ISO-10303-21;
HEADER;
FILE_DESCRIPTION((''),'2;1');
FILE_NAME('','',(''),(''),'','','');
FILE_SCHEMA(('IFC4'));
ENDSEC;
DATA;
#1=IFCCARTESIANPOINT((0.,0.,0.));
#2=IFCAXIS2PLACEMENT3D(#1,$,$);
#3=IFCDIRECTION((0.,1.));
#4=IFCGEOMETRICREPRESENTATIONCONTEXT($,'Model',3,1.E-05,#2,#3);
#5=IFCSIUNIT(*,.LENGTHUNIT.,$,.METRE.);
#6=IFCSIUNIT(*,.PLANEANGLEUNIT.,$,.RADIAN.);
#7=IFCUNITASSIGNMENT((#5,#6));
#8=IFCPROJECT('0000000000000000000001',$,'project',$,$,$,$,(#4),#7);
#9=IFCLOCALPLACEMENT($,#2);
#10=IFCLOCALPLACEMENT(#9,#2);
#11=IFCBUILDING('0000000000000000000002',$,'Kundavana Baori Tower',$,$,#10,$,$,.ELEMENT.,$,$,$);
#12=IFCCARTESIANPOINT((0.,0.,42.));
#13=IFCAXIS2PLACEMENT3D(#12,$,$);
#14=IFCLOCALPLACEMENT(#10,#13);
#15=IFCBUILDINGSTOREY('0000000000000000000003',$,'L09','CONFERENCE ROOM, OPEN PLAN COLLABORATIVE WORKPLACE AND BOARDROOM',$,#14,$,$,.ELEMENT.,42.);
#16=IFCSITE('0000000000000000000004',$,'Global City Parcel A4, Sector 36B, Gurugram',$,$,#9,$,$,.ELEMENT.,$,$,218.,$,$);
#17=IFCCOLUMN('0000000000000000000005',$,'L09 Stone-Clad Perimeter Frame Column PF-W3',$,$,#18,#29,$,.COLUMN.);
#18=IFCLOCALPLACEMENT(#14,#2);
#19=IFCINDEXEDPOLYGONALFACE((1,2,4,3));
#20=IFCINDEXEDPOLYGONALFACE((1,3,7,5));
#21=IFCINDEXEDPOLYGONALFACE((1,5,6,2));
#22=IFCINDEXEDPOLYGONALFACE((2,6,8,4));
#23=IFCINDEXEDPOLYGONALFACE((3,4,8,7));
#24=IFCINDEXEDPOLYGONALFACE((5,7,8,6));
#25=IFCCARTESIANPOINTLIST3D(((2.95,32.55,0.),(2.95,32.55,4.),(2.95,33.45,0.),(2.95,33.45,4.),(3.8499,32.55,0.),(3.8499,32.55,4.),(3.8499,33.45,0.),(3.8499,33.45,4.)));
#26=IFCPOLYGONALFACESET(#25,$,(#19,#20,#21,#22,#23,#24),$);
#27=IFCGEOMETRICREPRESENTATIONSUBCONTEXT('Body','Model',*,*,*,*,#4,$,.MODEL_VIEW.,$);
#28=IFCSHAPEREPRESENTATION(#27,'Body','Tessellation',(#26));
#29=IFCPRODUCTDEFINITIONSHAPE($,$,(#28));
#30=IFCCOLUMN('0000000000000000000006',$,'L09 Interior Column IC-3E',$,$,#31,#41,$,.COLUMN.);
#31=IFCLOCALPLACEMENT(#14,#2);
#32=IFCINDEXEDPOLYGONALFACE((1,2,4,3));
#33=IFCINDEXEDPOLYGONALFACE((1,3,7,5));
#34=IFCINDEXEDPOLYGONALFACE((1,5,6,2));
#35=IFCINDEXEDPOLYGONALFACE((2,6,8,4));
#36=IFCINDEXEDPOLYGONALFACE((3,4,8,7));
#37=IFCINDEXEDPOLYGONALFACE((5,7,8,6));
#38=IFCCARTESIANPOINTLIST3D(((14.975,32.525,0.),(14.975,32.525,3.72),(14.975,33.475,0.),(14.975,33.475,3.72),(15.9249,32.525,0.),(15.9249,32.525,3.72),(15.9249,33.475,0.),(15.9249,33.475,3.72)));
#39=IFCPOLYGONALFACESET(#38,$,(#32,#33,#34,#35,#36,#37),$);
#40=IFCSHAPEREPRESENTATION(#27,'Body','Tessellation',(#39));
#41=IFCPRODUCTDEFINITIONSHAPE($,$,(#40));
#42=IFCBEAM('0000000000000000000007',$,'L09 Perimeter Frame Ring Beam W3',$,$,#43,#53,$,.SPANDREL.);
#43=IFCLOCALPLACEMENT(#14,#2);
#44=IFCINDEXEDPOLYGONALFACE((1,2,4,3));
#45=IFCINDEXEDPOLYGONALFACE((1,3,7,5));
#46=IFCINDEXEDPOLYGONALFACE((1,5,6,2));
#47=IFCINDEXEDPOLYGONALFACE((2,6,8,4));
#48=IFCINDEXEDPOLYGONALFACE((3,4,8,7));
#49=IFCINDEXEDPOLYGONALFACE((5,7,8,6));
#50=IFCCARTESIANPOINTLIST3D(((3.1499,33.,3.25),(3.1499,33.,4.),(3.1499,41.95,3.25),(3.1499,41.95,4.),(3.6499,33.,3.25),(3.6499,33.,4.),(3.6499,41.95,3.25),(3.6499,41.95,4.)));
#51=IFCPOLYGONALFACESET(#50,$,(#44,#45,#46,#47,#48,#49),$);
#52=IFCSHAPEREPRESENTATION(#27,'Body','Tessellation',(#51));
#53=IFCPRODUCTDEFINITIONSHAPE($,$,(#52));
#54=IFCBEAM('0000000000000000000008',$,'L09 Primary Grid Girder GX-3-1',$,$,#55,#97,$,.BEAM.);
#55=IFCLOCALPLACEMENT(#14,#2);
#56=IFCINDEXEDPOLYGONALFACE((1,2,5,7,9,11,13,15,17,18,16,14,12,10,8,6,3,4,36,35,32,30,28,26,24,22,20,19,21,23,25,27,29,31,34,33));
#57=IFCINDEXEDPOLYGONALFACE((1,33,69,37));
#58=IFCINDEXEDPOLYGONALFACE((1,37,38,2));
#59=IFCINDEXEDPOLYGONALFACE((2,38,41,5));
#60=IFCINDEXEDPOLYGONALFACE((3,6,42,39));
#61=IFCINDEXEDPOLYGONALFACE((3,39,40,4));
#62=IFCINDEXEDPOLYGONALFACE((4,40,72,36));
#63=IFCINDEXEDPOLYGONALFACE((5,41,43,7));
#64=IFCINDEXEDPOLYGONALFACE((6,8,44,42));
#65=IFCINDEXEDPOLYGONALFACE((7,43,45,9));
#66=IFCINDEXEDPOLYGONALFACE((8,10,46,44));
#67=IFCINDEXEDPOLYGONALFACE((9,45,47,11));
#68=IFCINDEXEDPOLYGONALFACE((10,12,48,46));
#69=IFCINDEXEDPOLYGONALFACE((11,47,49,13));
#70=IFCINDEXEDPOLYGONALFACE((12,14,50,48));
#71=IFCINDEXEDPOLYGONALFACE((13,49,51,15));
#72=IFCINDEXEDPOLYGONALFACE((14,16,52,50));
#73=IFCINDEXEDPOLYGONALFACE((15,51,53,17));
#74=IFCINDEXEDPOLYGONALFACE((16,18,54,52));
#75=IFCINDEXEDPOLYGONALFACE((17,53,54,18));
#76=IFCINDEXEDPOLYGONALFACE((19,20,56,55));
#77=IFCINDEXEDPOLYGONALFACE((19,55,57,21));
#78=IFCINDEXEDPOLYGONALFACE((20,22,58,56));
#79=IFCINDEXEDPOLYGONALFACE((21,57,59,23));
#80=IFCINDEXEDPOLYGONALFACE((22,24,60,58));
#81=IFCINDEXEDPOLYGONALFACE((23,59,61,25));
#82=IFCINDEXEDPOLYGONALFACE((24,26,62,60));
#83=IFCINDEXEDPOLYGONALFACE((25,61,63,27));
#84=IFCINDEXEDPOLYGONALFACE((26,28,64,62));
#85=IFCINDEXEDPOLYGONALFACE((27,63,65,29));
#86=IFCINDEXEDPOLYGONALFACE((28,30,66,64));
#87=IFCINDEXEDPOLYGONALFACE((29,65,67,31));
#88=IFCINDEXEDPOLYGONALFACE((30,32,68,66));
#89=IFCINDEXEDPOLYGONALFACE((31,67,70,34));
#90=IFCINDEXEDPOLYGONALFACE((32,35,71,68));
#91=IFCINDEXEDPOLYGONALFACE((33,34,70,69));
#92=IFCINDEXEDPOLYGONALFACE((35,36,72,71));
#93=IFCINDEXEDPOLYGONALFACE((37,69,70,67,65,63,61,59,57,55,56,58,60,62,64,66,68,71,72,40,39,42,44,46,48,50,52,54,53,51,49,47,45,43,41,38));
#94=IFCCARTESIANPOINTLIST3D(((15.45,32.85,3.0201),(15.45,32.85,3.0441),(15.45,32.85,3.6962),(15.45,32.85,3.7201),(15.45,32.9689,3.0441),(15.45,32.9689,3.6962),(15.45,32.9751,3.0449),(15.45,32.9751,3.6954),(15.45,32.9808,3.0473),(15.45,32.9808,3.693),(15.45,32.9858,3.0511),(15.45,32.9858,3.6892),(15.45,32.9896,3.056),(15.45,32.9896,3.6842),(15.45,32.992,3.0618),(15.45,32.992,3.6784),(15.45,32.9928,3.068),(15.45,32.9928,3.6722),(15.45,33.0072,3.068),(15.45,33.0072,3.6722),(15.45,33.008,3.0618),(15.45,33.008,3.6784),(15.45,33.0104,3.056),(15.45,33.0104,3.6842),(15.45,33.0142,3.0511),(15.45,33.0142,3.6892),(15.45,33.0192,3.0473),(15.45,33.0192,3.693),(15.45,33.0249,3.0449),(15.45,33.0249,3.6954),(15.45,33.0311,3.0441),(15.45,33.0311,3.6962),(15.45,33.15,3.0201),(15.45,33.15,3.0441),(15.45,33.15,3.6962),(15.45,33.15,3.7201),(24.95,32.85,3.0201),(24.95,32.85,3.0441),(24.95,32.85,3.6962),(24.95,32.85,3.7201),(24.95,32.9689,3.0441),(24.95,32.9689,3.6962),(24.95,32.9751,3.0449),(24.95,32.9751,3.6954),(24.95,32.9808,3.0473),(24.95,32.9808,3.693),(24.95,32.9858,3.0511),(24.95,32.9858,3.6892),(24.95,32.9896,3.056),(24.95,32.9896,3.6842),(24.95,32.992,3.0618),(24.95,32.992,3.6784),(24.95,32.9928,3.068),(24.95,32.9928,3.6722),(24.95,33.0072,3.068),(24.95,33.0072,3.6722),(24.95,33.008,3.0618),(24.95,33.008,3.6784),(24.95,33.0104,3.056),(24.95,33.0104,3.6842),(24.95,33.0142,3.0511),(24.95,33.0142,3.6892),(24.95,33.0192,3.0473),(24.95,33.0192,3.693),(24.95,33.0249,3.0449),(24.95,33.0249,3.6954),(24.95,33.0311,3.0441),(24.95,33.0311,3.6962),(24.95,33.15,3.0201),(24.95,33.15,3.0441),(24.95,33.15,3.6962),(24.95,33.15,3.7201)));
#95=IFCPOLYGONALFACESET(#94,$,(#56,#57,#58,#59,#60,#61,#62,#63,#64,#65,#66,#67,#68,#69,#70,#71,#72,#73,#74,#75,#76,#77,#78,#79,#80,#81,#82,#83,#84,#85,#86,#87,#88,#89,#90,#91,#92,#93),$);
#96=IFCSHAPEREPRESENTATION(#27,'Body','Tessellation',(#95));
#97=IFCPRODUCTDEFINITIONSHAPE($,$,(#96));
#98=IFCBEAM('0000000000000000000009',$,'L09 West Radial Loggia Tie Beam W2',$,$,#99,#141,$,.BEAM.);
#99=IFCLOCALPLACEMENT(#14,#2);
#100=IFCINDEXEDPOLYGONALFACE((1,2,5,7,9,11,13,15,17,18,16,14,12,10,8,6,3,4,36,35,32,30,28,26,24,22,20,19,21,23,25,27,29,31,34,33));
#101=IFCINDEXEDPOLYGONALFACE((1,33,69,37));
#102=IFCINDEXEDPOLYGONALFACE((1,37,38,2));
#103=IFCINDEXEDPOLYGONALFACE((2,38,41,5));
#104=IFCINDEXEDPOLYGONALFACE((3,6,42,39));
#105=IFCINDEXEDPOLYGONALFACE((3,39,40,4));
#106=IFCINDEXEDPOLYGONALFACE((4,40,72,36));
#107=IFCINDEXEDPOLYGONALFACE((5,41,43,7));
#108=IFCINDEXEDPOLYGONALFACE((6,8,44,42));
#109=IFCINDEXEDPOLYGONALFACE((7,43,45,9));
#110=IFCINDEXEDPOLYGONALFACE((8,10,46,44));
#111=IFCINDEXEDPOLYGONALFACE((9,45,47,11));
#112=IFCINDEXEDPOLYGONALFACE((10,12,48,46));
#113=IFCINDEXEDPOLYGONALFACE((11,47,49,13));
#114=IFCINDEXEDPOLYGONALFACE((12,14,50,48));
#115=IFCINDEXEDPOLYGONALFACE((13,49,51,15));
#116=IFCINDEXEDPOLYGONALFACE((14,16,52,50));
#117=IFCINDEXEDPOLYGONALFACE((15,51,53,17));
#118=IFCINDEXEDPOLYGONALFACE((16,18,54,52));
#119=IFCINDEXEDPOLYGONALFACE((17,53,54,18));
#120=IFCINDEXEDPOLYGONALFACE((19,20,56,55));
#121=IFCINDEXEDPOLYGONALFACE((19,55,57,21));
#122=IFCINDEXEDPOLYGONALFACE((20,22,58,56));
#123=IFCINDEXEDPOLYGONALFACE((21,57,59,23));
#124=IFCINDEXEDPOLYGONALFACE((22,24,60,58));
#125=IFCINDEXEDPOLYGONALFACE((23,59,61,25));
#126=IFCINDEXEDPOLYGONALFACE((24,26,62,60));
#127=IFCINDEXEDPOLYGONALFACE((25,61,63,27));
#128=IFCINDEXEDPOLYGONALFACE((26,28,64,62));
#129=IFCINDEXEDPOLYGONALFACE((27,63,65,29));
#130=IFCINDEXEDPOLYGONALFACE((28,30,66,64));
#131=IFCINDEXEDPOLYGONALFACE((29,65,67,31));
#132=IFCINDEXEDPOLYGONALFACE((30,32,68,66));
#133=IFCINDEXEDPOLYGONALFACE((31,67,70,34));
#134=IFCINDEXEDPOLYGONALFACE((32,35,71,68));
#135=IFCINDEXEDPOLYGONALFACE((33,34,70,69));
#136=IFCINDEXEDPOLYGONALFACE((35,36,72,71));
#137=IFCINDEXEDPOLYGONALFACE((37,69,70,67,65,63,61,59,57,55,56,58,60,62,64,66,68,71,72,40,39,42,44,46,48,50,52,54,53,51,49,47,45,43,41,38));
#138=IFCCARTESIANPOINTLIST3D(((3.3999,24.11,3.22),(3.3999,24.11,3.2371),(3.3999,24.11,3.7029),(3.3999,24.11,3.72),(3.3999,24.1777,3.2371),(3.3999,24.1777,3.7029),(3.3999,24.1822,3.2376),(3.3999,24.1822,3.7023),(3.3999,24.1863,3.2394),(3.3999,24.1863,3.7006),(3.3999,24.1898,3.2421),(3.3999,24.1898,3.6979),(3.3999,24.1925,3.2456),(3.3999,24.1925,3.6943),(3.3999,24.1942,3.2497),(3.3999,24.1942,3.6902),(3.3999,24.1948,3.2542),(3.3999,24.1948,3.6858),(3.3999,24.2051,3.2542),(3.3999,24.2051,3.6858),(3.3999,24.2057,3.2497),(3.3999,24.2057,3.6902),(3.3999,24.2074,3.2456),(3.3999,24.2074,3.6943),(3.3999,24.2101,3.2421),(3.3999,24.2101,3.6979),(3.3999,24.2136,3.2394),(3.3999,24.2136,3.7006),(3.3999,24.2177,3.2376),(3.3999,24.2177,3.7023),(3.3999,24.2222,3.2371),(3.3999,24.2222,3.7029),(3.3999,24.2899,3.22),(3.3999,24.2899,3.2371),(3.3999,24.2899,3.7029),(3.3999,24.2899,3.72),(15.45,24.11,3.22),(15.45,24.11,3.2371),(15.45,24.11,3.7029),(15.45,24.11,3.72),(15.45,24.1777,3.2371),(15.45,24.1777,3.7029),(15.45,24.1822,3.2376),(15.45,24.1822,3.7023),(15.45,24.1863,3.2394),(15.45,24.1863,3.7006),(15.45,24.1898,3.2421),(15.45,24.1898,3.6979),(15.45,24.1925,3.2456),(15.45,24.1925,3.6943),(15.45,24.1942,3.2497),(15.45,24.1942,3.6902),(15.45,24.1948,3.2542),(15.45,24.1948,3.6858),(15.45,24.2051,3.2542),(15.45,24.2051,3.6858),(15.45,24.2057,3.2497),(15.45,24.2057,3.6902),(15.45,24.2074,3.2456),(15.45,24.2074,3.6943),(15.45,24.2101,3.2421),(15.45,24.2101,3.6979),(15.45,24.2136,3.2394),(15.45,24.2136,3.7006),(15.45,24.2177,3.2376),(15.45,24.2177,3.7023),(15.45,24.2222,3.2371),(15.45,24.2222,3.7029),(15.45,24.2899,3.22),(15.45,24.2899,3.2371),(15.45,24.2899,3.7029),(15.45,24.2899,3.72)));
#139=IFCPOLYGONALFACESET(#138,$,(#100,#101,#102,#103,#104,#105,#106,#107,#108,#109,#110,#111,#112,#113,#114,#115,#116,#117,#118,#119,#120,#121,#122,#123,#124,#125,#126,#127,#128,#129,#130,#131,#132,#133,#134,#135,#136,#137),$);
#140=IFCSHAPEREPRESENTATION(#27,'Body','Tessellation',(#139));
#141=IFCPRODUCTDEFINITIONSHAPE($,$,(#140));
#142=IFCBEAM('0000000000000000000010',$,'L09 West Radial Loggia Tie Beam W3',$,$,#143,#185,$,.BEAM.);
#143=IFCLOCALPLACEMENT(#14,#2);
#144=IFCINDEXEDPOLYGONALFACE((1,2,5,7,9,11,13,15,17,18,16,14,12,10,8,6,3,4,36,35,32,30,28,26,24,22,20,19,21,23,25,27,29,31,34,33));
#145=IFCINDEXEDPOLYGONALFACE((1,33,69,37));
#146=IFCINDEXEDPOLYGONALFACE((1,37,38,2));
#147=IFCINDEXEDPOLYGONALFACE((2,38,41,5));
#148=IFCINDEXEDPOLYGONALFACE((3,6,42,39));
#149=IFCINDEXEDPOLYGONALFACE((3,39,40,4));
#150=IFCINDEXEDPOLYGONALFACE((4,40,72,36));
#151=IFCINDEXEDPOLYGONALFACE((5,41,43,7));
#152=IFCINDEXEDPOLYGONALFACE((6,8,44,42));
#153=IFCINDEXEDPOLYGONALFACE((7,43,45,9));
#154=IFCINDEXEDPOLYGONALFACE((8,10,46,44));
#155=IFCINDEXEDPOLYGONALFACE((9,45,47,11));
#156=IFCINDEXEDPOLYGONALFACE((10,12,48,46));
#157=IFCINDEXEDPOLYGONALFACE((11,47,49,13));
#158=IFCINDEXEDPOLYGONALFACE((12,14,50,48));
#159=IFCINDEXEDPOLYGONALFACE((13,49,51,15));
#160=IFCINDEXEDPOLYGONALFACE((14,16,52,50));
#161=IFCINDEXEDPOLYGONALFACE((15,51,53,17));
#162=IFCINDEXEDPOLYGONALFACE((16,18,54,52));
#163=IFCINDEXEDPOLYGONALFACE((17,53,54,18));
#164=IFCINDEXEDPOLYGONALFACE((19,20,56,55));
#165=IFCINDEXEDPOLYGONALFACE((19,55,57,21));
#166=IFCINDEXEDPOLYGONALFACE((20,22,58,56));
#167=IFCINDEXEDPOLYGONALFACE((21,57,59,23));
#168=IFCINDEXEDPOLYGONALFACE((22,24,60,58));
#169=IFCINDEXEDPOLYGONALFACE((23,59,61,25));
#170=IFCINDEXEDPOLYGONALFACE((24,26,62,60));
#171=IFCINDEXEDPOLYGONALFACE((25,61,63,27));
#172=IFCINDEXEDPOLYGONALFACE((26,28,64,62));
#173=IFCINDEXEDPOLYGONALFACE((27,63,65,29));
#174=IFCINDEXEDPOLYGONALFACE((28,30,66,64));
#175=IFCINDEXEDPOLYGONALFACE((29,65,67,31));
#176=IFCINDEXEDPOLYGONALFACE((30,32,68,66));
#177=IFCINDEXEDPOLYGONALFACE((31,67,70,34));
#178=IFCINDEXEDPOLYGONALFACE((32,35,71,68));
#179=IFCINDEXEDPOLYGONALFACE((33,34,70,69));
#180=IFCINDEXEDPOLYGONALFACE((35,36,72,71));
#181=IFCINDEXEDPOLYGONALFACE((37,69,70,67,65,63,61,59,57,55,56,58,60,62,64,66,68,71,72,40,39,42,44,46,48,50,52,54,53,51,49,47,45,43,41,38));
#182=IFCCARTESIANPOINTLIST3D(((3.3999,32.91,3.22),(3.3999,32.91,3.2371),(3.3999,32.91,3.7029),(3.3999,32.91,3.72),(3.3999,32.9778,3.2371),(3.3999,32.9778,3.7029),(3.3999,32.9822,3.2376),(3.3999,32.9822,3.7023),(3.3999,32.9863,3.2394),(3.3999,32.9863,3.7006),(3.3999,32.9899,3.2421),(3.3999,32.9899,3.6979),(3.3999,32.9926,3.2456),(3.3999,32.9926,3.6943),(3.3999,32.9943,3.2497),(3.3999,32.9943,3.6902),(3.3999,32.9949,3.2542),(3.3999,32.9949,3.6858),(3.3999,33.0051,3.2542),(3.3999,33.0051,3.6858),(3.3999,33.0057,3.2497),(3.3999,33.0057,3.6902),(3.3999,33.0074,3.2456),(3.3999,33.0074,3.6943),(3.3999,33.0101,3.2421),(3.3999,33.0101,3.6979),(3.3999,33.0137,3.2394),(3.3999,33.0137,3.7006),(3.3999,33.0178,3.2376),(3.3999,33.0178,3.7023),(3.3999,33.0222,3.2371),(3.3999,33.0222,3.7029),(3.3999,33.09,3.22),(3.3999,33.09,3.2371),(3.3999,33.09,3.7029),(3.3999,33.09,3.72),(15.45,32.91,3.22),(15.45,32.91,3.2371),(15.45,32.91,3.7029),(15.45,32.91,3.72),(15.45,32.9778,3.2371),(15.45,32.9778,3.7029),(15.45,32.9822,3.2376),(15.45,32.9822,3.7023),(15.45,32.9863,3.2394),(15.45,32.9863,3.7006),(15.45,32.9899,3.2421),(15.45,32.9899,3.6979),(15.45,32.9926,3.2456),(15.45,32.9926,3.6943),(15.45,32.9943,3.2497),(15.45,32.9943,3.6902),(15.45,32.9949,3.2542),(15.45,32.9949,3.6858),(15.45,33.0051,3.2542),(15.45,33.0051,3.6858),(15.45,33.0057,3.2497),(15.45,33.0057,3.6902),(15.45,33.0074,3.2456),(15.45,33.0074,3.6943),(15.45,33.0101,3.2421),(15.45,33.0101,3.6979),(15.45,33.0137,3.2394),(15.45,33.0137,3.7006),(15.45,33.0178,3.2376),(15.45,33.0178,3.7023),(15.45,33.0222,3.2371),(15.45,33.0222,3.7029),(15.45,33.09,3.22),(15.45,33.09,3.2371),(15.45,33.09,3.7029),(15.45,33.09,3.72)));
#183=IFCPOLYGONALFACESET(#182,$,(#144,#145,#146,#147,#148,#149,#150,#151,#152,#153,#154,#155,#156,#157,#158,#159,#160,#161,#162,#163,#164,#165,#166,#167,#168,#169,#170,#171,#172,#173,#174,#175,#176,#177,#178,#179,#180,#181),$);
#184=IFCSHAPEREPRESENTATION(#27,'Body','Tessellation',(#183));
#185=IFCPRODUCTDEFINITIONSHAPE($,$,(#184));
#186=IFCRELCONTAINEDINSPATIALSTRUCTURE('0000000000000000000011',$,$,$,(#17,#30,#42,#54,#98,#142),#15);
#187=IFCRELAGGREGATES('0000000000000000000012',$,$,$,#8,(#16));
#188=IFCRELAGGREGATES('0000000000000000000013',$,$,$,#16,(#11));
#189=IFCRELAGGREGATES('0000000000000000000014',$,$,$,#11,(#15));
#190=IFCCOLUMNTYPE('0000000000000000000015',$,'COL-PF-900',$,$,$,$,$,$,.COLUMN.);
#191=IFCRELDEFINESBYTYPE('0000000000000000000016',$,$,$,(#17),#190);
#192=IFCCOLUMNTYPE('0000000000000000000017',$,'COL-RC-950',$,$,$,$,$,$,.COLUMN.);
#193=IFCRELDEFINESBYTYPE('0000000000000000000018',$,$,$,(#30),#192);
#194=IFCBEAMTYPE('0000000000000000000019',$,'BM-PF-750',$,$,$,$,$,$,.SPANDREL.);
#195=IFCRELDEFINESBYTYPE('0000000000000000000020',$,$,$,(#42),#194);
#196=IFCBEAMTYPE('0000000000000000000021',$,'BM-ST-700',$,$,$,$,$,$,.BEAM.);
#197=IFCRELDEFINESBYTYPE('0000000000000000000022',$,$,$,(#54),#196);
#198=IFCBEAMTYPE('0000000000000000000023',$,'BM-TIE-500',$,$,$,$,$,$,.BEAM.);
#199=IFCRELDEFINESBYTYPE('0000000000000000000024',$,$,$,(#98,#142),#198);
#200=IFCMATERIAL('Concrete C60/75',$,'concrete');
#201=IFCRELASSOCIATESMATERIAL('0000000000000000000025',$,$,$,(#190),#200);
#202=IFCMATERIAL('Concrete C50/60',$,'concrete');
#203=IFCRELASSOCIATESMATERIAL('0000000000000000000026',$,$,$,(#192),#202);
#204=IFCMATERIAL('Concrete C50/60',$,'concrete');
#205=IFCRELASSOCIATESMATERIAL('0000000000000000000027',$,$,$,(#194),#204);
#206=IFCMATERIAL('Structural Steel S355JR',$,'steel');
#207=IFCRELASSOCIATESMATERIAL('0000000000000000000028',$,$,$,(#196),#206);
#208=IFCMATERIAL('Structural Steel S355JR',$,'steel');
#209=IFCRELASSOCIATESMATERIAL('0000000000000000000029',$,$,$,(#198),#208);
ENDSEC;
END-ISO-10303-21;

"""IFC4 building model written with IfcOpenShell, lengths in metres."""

from ifc_helpers import new_model, si_unit, direction, frame, origin, origin_2d, place, context, subcontext, project, spatial, rectangle, i_section, extrude, material, material_profile, profile_set, type_object, element, save


model = new_model("IFC4")

# Units and contexts
model_context = context("Model", 3, precision=1e-05, world=origin(), true_north=direction((0.0, 1.0)))
body_context = subcontext(model_context, "Body", "Model", "MODEL_VIEW")
ifc_project = project(units=[si_unit("LENGTHUNIT", "METRE"), si_unit("PLANEANGLEUNIT", "RADIAN")], contexts=[model_context])

# Site, building, storey
site_placement = place(None, origin())
site = spatial("IfcSite", under=ifc_project, at=site_placement, Name="Global City Parcel A4, Sector 36B, Gurugram", CompositionType="ELEMENT", RefElevation=218.0)
building_placement = place(site_placement, origin())
building = spatial("IfcBuilding", under=site, at=building_placement, Name="Kundavana Baori Tower", CompositionType="ELEMENT")
storey_placement = place(building_placement, frame((0.0, 0.0, 42.0)))
storey = spatial("IfcBuildingStorey", under=building, at=storey_placement, Name="L09", Description="CONFERENCE ROOM, OPEN PLAN COLLABORATIVE WORKPLACE AND BOARDROOM", CompositionType="ELEMENT", Elevation=42.0)

# Columns
ifc_material_1 = material(Name="Concrete C60/75", Category="concrete")
ifc_material_profile_1 = material_profile(ifc_material_1, rectangle(XDim=0.8999, YDim=0.8999, at=origin_2d()), Name="RC PF 900x900")
ifc_profile_set_1 = profile_set([ifc_material_profile_1], Name="Concrete C60/75")
column_type_1 = type_object("IfcColumnType", Name="COL-PF-900", PredefinedType="COLUMN", material=ifc_profile_set_1)
column_1_placement = place(storey_placement, frame((3.3999, 33.0, 0.0), z_axis=(0.0, 0.0, 1.0), x_axis=(1.0, 0.0, 0.0)))
element("IfcColumn", 1, at=column_1_placement, inside=storey, type_object=column_type_1, Name="L09 Stone-Clad Perimeter Frame Column PF-W3", PredefinedType="COLUMN", context=body_context, shape_type="SweptSolid", body=[
    extrude(rectangle(XDim=0.8999, YDim=0.8999, at=origin_2d()), origin(), (0.0, 0.0, 1.0), 4.0),
])
ifc_material_2 = material(Name="Concrete C50/60", Category="concrete")
ifc_material_profile_2 = material_profile(ifc_material_2, rectangle(XDim=0.95, YDim=0.95, at=origin_2d()), Name="RC 950x950")
ifc_profile_set_2 = profile_set([ifc_material_profile_2], Name="Concrete C50/60")
column_type_2 = type_object("IfcColumnType", Name="COL-RC-950", PredefinedType="COLUMN", material=ifc_profile_set_2)
column_2_placement = place(storey_placement, frame((15.45, 33.0, 0.0), z_axis=(0.0, 0.0, 1.0), x_axis=(1.0, 0.0, 0.0)))
element("IfcColumn", 2, at=column_2_placement, inside=storey, type_object=column_type_2, Name="L09 Interior Column IC-3E", PredefinedType="COLUMN", context=body_context, shape_type="SweptSolid", body=[
    extrude(rectangle(XDim=0.95, YDim=0.95, at=origin_2d()), origin(), (0.0, 0.0, 1.0), 3.72),
])

# Beams
ifc_material_3 = material(Name="Concrete C50/60", Category="concrete")
ifc_material_profile_3 = material_profile(ifc_material_3, rectangle(XDim=0.5, YDim=0.75, at=origin_2d()), Name="RC BM 500x750")
ifc_profile_set_3 = profile_set([ifc_material_profile_3], Name="Concrete C50/60")
beam_type_1 = type_object("IfcBeamType", Name="BM-PF-750", PredefinedType="SPANDREL", material=ifc_profile_set_3)
beam_1_placement = place(storey_placement, frame((3.3999, 33.0, 3.625), z_axis=(0.0, 1.0, 0.0), x_axis=(-1.0, 0.0, 0.0)))
element("IfcBeam", 3, at=beam_1_placement, inside=storey, type_object=beam_type_1, Name="L09 Perimeter Frame Ring Beam W3", PredefinedType="SPANDREL", context=body_context, shape_type="SweptSolid", body=[
    extrude(rectangle(XDim=0.5, YDim=0.75, at=origin_2d()), origin(), (0.0, 0.0, 1.0), 8.95),
])
ifc_material_4 = material(Name="Structural Steel S355JR", Category="steel")
ifc_material_profile_4 = material_profile(ifc_material_4, i_section(OverallWidth=0.3, OverallDepth=0.7, WebThickness=0.0144, FlangeThickness=0.0239, FilletRadius=0.0239, at=origin_2d()), Name="NPB 700x300x170")
ifc_profile_set_4 = profile_set([ifc_material_profile_4], Name="Structural Steel S355JR")
beam_type_2 = type_object("IfcBeamType", Name="BM-ST-700", PredefinedType="BEAM", material=ifc_profile_set_4)
beam_2_placement = place(storey_placement, frame((15.45, 33.0, 3.3701), z_axis=(1.0, 0.0, 0.0), x_axis=(0.0, 1.0, 0.0)))
element("IfcBeam", 4, at=beam_2_placement, inside=storey, type_object=beam_type_2, Name="L09 Primary Grid Girder GX-3-1", PredefinedType="BEAM", context=body_context, shape_type="SweptSolid", body=[
    extrude(i_section(OverallWidth=0.3, OverallDepth=0.7, WebThickness=0.0144, FlangeThickness=0.0239, FilletRadius=0.0239, at=origin_2d()), origin(), (0.0, 0.0, 1.0), 9.5),
])
ifc_material_5 = material(Name="Structural Steel S355JR", Category="steel")
ifc_material_profile_5 = material_profile(ifc_material_5, i_section(OverallWidth=0.1799, OverallDepth=0.5, WebThickness=0.0103, FlangeThickness=0.0171, FilletRadius=0.0171, at=origin_2d()), Name="ISMB 500")
ifc_profile_set_5 = profile_set([ifc_material_profile_5], Name="Structural Steel S355JR")
beam_type_3 = type_object("IfcBeamType", Name="BM-TIE-500", PredefinedType="BEAM", material=ifc_profile_set_5)
for number, where, z_axis, x_axis, name in (
    (5, (15.45, 24.2, 3.47), (-1.0, 0.0, 0.0), (0.0, -1.0, 0.0), "L09 West Radial Loggia Tie Beam W2"),
    (6, (15.45, 33.0, 3.47), (-1.0, 0.0, 0.0), (0.0, -1.0, 0.0), "L09 West Radial Loggia Tie Beam W3"),
):
    element("IfcBeam", number, at=place(storey_placement, frame(where, z_axis=z_axis, x_axis=x_axis)), inside=storey, type_object=beam_type_3, Name=name, PredefinedType="BEAM", context=body_context, shape_type="SweptSolid", body=[
        extrude(i_section(OverallWidth=0.1799, OverallDepth=0.5, WebThickness=0.0103, FlangeThickness=0.0171, FilletRadius=0.0171, at=origin_2d()), origin(), (0.0, 0.0, 1.0), 12.05),
    ])

save(model, "model.ifc")
